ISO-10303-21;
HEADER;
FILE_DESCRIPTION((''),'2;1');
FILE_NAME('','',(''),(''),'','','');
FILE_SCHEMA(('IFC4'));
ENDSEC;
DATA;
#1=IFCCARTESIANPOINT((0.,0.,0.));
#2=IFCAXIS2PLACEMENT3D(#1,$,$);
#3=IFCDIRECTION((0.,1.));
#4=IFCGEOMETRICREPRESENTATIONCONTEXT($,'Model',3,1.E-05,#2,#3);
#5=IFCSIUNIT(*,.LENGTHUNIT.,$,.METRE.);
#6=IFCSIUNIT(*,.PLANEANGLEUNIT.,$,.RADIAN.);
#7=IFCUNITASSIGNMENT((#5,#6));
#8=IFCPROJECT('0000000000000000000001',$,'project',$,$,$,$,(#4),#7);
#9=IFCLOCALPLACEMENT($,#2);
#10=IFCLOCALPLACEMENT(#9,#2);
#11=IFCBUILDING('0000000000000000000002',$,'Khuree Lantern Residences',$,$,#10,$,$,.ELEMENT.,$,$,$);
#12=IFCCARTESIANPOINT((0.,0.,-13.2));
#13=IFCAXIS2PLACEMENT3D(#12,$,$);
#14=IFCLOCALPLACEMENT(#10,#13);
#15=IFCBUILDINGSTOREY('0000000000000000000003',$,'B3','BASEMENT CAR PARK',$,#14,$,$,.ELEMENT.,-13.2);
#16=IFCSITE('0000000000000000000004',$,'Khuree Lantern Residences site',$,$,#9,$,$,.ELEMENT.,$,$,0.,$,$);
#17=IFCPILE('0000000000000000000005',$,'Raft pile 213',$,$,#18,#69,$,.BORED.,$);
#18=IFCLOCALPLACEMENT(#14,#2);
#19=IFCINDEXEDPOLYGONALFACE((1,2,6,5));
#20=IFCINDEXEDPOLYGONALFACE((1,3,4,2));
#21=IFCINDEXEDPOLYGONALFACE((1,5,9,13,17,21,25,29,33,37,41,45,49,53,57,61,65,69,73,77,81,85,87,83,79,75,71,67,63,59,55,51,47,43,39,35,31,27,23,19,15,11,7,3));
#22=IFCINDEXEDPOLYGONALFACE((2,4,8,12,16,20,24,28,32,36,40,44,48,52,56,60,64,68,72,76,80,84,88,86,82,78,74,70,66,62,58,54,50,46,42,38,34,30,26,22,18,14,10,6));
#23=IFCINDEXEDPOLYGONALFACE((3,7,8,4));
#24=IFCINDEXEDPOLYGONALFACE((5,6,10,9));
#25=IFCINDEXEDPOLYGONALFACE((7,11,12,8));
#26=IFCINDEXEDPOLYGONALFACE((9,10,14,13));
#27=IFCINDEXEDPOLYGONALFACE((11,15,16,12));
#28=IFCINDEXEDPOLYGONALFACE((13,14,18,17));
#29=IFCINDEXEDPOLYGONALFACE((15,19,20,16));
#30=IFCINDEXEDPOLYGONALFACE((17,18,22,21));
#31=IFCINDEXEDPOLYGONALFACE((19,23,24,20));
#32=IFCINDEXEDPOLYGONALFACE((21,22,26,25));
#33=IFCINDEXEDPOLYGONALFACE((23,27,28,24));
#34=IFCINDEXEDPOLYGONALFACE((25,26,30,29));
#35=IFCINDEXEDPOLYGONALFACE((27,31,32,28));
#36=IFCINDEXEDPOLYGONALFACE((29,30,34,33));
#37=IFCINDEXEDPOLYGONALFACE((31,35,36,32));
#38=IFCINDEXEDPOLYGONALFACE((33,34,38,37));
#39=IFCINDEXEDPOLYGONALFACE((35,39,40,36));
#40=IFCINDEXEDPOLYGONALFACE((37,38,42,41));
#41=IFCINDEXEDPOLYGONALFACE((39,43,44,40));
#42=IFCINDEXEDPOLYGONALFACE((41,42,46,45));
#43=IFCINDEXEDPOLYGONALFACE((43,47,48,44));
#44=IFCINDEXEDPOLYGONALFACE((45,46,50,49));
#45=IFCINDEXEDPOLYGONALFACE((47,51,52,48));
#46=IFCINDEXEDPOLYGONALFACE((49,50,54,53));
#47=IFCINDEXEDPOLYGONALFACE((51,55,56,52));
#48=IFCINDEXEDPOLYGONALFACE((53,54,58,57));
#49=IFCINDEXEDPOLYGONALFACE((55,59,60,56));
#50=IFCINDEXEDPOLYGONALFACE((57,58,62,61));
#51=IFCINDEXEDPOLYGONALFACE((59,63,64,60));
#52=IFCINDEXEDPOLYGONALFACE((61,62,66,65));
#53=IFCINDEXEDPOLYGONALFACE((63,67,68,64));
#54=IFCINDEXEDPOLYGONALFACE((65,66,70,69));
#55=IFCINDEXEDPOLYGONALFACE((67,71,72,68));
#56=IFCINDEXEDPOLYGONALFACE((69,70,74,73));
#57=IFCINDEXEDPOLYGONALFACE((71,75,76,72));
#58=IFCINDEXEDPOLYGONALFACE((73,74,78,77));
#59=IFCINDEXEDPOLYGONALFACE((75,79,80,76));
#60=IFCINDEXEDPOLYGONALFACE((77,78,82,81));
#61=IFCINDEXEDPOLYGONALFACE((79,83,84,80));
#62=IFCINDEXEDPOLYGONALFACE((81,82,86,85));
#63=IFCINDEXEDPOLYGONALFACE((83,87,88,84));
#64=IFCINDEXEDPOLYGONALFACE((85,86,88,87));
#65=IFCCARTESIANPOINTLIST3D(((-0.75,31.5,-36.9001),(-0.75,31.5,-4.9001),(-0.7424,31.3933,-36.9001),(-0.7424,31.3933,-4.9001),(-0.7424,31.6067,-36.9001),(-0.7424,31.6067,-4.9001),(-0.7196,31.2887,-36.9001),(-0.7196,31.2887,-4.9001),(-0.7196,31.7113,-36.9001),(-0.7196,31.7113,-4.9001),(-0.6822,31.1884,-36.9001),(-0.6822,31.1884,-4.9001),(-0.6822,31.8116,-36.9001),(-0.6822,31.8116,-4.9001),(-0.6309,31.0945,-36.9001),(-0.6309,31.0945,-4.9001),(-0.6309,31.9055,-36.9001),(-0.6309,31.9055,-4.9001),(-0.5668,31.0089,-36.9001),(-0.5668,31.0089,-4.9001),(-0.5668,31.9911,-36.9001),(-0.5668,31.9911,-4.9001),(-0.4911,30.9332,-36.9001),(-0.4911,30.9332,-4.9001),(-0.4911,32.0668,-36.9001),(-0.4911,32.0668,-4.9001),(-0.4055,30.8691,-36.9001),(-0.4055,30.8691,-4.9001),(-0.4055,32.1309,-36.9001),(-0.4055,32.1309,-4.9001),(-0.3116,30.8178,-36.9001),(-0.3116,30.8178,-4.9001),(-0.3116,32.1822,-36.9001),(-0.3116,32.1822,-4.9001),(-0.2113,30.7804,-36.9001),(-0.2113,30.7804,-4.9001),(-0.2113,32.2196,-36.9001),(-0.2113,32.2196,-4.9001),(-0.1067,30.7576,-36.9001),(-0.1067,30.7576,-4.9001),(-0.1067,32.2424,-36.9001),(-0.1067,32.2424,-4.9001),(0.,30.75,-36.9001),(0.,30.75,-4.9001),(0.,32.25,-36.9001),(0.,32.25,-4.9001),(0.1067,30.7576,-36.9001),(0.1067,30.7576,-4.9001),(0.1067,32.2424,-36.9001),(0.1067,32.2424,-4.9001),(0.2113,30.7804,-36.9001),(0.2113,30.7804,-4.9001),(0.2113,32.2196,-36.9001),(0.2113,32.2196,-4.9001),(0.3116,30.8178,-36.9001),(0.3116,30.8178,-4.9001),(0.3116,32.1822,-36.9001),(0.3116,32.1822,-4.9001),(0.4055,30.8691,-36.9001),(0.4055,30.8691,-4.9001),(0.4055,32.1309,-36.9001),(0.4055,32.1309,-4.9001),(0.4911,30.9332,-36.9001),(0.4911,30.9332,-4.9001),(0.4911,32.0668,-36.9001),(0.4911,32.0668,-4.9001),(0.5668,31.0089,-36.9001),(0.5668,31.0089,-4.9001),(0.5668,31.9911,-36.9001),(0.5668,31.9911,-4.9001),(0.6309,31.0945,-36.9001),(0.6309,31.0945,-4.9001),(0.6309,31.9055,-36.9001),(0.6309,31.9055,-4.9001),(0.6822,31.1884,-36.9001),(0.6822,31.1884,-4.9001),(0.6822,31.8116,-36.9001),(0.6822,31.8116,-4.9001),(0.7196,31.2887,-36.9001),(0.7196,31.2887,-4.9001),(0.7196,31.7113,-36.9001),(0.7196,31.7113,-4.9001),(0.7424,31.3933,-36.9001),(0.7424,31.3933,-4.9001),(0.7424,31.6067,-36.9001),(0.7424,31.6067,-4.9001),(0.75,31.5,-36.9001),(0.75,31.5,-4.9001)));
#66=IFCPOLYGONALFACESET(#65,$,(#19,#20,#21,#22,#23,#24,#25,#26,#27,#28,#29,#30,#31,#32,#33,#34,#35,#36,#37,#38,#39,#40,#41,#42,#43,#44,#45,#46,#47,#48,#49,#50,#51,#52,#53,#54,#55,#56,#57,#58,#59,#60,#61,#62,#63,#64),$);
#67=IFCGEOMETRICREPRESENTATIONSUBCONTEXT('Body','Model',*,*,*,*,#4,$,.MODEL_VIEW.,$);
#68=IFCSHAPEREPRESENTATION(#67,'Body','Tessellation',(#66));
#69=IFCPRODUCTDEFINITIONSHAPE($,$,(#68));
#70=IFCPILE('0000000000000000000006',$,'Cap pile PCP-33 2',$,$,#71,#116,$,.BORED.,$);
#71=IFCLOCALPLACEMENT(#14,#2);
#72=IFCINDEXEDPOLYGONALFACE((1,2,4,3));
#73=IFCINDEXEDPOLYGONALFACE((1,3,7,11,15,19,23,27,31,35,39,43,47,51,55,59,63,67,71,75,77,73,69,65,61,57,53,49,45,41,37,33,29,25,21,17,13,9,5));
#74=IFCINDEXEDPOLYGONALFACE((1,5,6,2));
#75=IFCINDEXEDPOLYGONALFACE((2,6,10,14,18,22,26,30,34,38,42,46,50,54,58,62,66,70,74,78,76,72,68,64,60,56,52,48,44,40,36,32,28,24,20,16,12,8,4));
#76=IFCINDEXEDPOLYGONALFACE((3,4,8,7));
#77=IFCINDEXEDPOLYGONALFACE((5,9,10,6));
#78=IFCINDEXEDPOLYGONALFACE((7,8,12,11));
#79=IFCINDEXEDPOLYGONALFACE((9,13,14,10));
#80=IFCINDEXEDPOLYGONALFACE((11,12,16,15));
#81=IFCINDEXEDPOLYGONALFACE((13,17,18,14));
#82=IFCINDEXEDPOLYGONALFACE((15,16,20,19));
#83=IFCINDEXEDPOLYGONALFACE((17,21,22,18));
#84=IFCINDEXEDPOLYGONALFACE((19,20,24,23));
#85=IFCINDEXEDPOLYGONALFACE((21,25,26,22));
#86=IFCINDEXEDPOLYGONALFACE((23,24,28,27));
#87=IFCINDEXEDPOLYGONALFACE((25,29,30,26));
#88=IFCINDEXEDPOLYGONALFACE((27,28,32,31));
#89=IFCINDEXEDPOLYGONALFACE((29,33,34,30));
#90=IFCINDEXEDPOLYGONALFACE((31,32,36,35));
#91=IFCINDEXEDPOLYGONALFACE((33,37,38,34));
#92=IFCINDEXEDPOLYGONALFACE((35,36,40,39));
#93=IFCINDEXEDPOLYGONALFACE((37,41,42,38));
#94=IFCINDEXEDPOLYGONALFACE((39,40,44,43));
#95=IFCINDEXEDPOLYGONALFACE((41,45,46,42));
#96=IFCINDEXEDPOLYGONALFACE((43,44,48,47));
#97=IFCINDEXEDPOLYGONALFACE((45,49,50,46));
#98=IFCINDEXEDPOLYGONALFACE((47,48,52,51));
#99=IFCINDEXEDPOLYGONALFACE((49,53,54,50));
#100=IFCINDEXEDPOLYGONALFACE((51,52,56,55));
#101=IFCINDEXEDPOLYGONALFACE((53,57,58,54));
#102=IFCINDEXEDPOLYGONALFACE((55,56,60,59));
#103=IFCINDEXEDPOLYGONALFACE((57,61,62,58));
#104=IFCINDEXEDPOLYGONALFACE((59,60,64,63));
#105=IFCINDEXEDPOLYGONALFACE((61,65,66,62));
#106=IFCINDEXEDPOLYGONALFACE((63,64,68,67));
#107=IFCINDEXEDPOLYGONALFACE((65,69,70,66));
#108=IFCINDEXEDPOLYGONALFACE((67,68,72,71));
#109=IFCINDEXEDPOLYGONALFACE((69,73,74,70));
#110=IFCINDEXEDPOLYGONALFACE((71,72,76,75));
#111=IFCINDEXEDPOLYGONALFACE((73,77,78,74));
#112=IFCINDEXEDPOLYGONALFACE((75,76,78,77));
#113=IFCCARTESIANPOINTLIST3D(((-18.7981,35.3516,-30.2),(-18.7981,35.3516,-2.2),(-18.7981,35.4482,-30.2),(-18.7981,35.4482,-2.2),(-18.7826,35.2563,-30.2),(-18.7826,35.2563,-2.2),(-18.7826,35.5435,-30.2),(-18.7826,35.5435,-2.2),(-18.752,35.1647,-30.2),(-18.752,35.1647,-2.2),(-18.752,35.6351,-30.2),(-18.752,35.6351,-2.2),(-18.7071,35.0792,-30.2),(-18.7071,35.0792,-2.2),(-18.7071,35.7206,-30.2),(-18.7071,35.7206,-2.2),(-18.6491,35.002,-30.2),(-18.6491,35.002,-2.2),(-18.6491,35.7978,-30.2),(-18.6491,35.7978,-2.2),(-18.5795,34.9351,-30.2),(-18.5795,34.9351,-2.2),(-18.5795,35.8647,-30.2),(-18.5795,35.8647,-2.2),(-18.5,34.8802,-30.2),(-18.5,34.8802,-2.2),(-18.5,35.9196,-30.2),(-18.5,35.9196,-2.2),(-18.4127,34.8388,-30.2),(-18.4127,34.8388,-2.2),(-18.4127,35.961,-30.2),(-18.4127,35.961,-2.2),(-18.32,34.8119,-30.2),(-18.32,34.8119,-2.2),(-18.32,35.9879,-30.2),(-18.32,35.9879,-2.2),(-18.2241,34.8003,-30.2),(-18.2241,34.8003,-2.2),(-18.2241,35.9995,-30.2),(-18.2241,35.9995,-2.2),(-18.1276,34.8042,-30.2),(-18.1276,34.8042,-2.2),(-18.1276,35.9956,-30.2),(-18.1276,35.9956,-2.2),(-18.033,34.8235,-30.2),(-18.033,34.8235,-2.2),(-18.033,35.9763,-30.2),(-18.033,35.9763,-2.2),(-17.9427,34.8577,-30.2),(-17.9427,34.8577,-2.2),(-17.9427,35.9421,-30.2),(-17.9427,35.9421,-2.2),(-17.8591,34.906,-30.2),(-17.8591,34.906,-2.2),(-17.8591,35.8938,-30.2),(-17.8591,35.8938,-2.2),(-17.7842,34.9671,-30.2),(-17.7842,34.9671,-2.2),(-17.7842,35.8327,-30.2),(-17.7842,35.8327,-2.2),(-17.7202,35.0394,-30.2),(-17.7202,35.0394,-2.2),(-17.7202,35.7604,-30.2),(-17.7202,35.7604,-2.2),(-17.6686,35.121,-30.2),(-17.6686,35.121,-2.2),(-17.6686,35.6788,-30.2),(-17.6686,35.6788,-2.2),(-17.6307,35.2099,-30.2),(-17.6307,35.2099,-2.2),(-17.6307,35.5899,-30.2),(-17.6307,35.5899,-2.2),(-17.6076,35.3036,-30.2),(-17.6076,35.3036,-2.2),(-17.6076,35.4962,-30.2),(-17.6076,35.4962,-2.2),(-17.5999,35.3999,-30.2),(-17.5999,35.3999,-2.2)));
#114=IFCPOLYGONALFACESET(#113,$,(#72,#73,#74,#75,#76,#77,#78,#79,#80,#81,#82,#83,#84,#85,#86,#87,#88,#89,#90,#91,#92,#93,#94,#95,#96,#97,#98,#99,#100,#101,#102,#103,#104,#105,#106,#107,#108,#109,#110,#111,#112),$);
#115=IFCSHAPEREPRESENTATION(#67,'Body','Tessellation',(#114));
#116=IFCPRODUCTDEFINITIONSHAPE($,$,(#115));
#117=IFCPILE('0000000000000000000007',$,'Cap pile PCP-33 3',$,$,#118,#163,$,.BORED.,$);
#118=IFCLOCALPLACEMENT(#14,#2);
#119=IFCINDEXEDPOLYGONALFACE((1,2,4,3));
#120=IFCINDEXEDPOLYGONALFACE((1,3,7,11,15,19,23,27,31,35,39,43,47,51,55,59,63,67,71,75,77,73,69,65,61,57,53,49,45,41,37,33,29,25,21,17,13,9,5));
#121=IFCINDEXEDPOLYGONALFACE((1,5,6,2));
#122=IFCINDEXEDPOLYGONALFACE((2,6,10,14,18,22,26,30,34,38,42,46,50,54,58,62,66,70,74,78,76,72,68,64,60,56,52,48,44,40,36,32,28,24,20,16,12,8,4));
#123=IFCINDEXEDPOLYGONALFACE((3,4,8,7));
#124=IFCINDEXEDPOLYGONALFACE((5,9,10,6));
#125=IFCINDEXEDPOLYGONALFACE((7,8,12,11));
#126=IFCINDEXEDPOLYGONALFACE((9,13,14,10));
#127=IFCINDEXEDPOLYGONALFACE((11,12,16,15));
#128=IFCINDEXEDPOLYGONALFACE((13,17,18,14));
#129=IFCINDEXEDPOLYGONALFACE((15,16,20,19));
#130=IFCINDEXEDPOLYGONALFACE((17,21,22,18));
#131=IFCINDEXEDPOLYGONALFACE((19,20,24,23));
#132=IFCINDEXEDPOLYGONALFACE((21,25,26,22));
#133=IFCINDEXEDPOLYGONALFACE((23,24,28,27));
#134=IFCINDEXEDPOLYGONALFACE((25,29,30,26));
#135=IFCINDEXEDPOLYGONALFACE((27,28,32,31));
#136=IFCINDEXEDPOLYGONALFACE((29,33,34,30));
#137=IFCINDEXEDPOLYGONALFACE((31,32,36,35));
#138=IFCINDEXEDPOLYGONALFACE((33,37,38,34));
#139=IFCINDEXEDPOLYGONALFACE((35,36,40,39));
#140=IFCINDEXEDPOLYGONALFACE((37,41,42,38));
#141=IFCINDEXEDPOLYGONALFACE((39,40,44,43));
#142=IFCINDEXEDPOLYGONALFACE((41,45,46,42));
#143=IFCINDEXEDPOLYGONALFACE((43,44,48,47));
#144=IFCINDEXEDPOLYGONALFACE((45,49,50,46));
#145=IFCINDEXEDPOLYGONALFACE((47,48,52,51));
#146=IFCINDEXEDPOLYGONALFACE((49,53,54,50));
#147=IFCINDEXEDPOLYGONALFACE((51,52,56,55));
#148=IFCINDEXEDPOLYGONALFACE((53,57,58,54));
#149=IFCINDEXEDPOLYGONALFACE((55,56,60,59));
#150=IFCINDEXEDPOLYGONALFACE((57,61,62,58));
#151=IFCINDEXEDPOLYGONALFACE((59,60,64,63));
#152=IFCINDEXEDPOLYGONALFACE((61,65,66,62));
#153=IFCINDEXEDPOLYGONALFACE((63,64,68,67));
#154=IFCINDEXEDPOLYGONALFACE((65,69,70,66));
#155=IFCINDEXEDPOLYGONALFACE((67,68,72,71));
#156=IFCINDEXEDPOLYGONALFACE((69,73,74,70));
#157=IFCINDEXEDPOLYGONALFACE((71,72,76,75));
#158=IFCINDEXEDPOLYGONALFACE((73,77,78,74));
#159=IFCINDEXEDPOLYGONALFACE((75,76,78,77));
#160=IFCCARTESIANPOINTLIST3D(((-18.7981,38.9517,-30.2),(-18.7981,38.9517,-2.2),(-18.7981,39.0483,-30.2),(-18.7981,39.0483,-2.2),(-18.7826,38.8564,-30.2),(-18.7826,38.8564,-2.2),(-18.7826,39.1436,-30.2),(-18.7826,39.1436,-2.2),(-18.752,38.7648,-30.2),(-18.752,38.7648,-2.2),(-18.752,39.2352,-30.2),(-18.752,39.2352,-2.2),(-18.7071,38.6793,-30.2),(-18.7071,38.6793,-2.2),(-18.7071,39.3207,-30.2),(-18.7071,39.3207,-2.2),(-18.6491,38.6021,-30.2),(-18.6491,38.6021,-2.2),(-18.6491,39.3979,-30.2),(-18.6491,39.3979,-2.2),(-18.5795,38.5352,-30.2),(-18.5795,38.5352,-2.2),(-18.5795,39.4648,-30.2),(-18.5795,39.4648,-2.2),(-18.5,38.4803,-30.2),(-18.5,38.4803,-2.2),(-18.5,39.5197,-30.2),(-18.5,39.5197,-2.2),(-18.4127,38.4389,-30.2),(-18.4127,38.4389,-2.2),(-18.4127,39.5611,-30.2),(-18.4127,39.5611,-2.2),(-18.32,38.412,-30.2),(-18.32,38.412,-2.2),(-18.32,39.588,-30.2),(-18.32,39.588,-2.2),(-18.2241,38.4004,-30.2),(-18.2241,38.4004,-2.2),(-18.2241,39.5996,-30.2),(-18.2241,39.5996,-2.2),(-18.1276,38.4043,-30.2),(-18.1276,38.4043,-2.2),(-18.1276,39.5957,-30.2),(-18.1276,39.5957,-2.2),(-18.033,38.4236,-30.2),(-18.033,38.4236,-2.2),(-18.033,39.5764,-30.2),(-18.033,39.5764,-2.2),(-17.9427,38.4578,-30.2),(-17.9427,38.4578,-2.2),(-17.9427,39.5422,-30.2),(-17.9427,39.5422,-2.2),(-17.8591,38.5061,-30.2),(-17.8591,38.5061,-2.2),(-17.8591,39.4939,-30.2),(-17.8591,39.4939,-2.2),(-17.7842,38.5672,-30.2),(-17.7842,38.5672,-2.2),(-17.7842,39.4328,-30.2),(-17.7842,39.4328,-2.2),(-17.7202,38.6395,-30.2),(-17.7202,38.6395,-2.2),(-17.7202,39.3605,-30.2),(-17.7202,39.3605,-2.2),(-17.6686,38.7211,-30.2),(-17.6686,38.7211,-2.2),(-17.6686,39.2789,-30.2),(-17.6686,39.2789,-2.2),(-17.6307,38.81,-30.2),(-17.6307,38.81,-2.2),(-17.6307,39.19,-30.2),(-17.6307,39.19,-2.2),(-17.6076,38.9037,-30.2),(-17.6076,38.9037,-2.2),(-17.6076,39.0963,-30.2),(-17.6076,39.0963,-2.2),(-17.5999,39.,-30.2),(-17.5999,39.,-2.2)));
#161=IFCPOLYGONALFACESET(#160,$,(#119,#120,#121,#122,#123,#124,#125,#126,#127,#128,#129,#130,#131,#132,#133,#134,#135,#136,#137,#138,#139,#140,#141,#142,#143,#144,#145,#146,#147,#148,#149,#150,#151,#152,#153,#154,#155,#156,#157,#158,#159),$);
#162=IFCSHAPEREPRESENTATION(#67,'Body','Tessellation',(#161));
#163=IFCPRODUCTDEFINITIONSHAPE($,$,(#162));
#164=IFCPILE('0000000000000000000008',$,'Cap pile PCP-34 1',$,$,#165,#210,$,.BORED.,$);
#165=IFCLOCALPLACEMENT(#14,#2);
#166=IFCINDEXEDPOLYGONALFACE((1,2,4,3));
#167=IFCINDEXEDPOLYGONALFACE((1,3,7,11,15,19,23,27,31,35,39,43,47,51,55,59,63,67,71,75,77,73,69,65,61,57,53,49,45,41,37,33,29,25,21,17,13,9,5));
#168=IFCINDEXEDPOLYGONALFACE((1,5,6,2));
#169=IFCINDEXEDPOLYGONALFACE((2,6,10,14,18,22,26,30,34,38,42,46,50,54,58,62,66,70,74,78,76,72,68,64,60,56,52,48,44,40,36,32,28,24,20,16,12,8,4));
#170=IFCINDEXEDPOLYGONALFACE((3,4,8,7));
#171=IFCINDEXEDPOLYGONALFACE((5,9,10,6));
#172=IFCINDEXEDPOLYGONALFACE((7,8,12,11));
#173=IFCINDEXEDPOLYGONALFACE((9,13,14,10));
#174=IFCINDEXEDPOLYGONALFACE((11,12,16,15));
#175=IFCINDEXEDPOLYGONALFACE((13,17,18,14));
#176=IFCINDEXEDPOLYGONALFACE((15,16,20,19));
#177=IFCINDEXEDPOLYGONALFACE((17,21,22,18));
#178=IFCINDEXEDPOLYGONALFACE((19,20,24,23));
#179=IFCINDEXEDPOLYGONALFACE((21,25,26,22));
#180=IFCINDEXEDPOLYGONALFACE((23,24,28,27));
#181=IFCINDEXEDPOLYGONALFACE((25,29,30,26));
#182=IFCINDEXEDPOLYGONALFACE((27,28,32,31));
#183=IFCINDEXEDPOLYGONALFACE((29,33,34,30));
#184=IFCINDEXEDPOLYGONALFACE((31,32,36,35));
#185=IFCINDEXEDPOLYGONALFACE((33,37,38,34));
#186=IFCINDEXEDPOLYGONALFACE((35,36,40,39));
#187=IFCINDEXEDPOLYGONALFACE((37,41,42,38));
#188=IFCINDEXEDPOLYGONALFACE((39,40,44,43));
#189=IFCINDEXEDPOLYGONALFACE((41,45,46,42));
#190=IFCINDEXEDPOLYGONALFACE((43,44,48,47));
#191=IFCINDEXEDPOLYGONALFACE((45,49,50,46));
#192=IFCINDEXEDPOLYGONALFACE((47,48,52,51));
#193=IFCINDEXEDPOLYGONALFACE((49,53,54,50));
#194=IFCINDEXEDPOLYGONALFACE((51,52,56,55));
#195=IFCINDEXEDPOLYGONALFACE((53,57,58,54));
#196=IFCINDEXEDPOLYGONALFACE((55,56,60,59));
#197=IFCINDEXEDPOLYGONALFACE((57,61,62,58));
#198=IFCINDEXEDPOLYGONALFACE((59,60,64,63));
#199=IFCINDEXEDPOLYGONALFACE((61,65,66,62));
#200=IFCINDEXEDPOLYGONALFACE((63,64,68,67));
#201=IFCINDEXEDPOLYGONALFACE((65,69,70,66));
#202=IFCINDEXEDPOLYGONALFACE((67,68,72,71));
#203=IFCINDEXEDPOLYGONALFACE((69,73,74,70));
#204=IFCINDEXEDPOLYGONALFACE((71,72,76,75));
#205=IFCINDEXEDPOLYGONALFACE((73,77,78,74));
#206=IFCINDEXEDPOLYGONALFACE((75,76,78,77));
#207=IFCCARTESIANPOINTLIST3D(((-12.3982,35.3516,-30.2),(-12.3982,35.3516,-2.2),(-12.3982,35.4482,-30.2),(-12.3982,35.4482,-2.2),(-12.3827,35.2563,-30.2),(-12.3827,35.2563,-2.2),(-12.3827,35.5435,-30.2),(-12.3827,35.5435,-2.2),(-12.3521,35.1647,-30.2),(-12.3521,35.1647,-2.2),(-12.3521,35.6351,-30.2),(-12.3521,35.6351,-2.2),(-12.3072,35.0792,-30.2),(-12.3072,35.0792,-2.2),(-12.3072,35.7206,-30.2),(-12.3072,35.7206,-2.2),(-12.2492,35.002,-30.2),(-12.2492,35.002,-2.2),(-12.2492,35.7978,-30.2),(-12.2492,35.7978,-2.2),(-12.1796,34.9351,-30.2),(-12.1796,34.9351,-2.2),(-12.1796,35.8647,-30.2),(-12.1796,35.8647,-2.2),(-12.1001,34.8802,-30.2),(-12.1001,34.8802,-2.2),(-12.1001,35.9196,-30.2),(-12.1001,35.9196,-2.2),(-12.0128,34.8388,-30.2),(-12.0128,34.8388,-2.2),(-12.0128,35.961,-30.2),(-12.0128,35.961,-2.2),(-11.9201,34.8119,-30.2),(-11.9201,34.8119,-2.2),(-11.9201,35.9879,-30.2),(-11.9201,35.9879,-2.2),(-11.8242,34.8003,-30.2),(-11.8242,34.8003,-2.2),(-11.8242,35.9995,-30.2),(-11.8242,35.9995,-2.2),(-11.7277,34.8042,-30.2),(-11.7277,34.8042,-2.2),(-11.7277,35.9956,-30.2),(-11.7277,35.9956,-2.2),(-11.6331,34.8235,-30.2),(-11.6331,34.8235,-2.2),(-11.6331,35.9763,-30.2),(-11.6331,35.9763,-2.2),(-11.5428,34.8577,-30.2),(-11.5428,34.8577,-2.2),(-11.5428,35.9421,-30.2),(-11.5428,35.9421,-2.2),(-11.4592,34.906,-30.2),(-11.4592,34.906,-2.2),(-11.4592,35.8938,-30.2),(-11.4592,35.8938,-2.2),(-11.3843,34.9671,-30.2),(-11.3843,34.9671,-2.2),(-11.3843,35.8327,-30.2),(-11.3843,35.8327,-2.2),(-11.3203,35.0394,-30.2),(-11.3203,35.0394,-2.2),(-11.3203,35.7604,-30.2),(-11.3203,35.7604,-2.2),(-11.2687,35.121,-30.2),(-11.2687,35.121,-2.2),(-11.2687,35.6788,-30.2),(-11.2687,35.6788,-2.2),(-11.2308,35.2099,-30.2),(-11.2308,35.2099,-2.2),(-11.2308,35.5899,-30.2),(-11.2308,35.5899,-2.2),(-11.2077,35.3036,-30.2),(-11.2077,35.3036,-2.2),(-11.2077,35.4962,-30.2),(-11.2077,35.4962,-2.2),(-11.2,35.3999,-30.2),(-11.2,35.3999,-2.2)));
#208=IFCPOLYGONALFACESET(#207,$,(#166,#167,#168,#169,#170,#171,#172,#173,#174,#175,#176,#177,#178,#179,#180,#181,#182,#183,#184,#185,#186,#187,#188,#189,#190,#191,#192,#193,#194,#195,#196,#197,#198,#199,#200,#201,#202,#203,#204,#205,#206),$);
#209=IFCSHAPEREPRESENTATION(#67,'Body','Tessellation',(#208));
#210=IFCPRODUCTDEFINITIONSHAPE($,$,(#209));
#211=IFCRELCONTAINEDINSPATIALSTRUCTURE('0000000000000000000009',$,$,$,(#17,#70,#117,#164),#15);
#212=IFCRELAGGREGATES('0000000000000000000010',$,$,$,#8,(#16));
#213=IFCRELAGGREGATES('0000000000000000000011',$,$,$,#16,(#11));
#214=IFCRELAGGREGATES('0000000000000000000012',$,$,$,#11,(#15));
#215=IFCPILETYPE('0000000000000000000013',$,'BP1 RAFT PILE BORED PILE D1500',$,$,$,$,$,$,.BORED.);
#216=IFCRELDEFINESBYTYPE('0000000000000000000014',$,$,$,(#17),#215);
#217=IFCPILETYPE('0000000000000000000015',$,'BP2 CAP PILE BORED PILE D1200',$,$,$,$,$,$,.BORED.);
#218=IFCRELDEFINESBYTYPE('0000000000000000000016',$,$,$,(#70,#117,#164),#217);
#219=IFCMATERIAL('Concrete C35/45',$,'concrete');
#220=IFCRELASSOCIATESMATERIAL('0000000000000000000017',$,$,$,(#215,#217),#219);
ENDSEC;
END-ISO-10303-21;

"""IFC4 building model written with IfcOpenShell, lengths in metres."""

from ifc_helpers import new_model, si_unit, direction, frame, origin, origin_2d, place, context, subcontext, project, spatial, circle, extrude, material, material_profile, profile_set, type_object, element, save


model = new_model("IFC4")

# Units and contexts
model_context = context("Model", 3, precision=1e-05, world=origin(), true_north=direction((0.0, 1.0)))
body_context = subcontext(model_context, "Body", "Model", "MODEL_VIEW")
ifc_project = project(units=[si_unit("LENGTHUNIT", "METRE"), si_unit("PLANEANGLEUNIT", "RADIAN")], contexts=[model_context])

# Site, building, storey
site_placement = place(None, origin())
site = spatial("IfcSite", under=ifc_project, at=site_placement, Name="Khuree Lantern Residences site", CompositionType="ELEMENT", RefElevation=0.0)
building_placement = place(site_placement, origin())
building = spatial("IfcBuilding", under=site, at=building_placement, Name="Khuree Lantern Residences", CompositionType="ELEMENT")
storey_placement = place(building_placement, frame((0.0, 0.0, -13.2)))
storey = spatial("IfcBuildingStorey", under=building, at=storey_placement, Name="B3", Description="BASEMENT CAR PARK", CompositionType="ELEMENT", Elevation=-13.2)

# Piles
ifc_material_1 = material(Name="Concrete C35/45", Category="concrete")
ifc_material_profile_1 = material_profile(ifc_material_1, circle(Radius=0.75, at=origin_2d()), Name="BORED PILE D1500")
ifc_profile_set_1 = profile_set([ifc_material_profile_1], Name="Concrete C35/45")
pile_type_1 = type_object("IfcPileType", Name="BP1 RAFT PILE BORED PILE D1500", PredefinedType="BORED", material=ifc_profile_set_1)
for number, where, z_axis, x_axis, name in (
    (1, (0.0, 31.5, -4.9001), (0.0, 0.0, -1.0), (1.0, 0.0, 0.0), "Raft pile 213"),
):
    element("IfcPile", number, at=place(storey_placement, frame(where, z_axis=z_axis, x_axis=x_axis)), inside=storey, type_object=pile_type_1, Name=name, PredefinedType="BORED", context=body_context, shape_type="SweptSolid", body=[
        extrude(circle(Radius=0.75, at=origin_2d()), origin(), (0.0, 0.0, 1.0), 32.0),
    ])
ifc_material_profile_2 = material_profile(ifc_material_1, circle(Radius=0.6001, at=origin_2d()), Name="BORED PILE D1200")
ifc_profile_set_2 = profile_set([ifc_material_profile_2], Name="Concrete C35/45")
pile_type_2 = type_object("IfcPileType", Name="BP2 CAP PILE BORED PILE D1200", PredefinedType="BORED", material=ifc_profile_set_2)
for number, where, z_axis, x_axis, name in (
    (2, (-18.2, 35.3999, -2.2), (0.0, 0.0, -1.0), (1.0, 0.0, 0.0), "Cap pile PCP-33 2"),
    (3, (-18.2, 39.0, -2.2), (0.0, 0.0, -1.0), (1.0, 0.0, 0.0), "Cap pile PCP-33 3"),
    (4, (-11.8, 35.3999, -2.2), (0.0, 0.0, -1.0), (1.0, 0.0, 0.0), "Cap pile PCP-34 1"),
):
    element("IfcPile", number, at=place(storey_placement, frame(where, z_axis=z_axis, x_axis=x_axis)), inside=storey, type_object=pile_type_2, Name=name, PredefinedType="BORED", context=body_context, shape_type="SweptSolid", body=[
        extrude(circle(Radius=0.6001, at=origin_2d()), origin(), (0.0, 0.0, 1.0), 28.0),
    ])

save(model, "model.ifc")
